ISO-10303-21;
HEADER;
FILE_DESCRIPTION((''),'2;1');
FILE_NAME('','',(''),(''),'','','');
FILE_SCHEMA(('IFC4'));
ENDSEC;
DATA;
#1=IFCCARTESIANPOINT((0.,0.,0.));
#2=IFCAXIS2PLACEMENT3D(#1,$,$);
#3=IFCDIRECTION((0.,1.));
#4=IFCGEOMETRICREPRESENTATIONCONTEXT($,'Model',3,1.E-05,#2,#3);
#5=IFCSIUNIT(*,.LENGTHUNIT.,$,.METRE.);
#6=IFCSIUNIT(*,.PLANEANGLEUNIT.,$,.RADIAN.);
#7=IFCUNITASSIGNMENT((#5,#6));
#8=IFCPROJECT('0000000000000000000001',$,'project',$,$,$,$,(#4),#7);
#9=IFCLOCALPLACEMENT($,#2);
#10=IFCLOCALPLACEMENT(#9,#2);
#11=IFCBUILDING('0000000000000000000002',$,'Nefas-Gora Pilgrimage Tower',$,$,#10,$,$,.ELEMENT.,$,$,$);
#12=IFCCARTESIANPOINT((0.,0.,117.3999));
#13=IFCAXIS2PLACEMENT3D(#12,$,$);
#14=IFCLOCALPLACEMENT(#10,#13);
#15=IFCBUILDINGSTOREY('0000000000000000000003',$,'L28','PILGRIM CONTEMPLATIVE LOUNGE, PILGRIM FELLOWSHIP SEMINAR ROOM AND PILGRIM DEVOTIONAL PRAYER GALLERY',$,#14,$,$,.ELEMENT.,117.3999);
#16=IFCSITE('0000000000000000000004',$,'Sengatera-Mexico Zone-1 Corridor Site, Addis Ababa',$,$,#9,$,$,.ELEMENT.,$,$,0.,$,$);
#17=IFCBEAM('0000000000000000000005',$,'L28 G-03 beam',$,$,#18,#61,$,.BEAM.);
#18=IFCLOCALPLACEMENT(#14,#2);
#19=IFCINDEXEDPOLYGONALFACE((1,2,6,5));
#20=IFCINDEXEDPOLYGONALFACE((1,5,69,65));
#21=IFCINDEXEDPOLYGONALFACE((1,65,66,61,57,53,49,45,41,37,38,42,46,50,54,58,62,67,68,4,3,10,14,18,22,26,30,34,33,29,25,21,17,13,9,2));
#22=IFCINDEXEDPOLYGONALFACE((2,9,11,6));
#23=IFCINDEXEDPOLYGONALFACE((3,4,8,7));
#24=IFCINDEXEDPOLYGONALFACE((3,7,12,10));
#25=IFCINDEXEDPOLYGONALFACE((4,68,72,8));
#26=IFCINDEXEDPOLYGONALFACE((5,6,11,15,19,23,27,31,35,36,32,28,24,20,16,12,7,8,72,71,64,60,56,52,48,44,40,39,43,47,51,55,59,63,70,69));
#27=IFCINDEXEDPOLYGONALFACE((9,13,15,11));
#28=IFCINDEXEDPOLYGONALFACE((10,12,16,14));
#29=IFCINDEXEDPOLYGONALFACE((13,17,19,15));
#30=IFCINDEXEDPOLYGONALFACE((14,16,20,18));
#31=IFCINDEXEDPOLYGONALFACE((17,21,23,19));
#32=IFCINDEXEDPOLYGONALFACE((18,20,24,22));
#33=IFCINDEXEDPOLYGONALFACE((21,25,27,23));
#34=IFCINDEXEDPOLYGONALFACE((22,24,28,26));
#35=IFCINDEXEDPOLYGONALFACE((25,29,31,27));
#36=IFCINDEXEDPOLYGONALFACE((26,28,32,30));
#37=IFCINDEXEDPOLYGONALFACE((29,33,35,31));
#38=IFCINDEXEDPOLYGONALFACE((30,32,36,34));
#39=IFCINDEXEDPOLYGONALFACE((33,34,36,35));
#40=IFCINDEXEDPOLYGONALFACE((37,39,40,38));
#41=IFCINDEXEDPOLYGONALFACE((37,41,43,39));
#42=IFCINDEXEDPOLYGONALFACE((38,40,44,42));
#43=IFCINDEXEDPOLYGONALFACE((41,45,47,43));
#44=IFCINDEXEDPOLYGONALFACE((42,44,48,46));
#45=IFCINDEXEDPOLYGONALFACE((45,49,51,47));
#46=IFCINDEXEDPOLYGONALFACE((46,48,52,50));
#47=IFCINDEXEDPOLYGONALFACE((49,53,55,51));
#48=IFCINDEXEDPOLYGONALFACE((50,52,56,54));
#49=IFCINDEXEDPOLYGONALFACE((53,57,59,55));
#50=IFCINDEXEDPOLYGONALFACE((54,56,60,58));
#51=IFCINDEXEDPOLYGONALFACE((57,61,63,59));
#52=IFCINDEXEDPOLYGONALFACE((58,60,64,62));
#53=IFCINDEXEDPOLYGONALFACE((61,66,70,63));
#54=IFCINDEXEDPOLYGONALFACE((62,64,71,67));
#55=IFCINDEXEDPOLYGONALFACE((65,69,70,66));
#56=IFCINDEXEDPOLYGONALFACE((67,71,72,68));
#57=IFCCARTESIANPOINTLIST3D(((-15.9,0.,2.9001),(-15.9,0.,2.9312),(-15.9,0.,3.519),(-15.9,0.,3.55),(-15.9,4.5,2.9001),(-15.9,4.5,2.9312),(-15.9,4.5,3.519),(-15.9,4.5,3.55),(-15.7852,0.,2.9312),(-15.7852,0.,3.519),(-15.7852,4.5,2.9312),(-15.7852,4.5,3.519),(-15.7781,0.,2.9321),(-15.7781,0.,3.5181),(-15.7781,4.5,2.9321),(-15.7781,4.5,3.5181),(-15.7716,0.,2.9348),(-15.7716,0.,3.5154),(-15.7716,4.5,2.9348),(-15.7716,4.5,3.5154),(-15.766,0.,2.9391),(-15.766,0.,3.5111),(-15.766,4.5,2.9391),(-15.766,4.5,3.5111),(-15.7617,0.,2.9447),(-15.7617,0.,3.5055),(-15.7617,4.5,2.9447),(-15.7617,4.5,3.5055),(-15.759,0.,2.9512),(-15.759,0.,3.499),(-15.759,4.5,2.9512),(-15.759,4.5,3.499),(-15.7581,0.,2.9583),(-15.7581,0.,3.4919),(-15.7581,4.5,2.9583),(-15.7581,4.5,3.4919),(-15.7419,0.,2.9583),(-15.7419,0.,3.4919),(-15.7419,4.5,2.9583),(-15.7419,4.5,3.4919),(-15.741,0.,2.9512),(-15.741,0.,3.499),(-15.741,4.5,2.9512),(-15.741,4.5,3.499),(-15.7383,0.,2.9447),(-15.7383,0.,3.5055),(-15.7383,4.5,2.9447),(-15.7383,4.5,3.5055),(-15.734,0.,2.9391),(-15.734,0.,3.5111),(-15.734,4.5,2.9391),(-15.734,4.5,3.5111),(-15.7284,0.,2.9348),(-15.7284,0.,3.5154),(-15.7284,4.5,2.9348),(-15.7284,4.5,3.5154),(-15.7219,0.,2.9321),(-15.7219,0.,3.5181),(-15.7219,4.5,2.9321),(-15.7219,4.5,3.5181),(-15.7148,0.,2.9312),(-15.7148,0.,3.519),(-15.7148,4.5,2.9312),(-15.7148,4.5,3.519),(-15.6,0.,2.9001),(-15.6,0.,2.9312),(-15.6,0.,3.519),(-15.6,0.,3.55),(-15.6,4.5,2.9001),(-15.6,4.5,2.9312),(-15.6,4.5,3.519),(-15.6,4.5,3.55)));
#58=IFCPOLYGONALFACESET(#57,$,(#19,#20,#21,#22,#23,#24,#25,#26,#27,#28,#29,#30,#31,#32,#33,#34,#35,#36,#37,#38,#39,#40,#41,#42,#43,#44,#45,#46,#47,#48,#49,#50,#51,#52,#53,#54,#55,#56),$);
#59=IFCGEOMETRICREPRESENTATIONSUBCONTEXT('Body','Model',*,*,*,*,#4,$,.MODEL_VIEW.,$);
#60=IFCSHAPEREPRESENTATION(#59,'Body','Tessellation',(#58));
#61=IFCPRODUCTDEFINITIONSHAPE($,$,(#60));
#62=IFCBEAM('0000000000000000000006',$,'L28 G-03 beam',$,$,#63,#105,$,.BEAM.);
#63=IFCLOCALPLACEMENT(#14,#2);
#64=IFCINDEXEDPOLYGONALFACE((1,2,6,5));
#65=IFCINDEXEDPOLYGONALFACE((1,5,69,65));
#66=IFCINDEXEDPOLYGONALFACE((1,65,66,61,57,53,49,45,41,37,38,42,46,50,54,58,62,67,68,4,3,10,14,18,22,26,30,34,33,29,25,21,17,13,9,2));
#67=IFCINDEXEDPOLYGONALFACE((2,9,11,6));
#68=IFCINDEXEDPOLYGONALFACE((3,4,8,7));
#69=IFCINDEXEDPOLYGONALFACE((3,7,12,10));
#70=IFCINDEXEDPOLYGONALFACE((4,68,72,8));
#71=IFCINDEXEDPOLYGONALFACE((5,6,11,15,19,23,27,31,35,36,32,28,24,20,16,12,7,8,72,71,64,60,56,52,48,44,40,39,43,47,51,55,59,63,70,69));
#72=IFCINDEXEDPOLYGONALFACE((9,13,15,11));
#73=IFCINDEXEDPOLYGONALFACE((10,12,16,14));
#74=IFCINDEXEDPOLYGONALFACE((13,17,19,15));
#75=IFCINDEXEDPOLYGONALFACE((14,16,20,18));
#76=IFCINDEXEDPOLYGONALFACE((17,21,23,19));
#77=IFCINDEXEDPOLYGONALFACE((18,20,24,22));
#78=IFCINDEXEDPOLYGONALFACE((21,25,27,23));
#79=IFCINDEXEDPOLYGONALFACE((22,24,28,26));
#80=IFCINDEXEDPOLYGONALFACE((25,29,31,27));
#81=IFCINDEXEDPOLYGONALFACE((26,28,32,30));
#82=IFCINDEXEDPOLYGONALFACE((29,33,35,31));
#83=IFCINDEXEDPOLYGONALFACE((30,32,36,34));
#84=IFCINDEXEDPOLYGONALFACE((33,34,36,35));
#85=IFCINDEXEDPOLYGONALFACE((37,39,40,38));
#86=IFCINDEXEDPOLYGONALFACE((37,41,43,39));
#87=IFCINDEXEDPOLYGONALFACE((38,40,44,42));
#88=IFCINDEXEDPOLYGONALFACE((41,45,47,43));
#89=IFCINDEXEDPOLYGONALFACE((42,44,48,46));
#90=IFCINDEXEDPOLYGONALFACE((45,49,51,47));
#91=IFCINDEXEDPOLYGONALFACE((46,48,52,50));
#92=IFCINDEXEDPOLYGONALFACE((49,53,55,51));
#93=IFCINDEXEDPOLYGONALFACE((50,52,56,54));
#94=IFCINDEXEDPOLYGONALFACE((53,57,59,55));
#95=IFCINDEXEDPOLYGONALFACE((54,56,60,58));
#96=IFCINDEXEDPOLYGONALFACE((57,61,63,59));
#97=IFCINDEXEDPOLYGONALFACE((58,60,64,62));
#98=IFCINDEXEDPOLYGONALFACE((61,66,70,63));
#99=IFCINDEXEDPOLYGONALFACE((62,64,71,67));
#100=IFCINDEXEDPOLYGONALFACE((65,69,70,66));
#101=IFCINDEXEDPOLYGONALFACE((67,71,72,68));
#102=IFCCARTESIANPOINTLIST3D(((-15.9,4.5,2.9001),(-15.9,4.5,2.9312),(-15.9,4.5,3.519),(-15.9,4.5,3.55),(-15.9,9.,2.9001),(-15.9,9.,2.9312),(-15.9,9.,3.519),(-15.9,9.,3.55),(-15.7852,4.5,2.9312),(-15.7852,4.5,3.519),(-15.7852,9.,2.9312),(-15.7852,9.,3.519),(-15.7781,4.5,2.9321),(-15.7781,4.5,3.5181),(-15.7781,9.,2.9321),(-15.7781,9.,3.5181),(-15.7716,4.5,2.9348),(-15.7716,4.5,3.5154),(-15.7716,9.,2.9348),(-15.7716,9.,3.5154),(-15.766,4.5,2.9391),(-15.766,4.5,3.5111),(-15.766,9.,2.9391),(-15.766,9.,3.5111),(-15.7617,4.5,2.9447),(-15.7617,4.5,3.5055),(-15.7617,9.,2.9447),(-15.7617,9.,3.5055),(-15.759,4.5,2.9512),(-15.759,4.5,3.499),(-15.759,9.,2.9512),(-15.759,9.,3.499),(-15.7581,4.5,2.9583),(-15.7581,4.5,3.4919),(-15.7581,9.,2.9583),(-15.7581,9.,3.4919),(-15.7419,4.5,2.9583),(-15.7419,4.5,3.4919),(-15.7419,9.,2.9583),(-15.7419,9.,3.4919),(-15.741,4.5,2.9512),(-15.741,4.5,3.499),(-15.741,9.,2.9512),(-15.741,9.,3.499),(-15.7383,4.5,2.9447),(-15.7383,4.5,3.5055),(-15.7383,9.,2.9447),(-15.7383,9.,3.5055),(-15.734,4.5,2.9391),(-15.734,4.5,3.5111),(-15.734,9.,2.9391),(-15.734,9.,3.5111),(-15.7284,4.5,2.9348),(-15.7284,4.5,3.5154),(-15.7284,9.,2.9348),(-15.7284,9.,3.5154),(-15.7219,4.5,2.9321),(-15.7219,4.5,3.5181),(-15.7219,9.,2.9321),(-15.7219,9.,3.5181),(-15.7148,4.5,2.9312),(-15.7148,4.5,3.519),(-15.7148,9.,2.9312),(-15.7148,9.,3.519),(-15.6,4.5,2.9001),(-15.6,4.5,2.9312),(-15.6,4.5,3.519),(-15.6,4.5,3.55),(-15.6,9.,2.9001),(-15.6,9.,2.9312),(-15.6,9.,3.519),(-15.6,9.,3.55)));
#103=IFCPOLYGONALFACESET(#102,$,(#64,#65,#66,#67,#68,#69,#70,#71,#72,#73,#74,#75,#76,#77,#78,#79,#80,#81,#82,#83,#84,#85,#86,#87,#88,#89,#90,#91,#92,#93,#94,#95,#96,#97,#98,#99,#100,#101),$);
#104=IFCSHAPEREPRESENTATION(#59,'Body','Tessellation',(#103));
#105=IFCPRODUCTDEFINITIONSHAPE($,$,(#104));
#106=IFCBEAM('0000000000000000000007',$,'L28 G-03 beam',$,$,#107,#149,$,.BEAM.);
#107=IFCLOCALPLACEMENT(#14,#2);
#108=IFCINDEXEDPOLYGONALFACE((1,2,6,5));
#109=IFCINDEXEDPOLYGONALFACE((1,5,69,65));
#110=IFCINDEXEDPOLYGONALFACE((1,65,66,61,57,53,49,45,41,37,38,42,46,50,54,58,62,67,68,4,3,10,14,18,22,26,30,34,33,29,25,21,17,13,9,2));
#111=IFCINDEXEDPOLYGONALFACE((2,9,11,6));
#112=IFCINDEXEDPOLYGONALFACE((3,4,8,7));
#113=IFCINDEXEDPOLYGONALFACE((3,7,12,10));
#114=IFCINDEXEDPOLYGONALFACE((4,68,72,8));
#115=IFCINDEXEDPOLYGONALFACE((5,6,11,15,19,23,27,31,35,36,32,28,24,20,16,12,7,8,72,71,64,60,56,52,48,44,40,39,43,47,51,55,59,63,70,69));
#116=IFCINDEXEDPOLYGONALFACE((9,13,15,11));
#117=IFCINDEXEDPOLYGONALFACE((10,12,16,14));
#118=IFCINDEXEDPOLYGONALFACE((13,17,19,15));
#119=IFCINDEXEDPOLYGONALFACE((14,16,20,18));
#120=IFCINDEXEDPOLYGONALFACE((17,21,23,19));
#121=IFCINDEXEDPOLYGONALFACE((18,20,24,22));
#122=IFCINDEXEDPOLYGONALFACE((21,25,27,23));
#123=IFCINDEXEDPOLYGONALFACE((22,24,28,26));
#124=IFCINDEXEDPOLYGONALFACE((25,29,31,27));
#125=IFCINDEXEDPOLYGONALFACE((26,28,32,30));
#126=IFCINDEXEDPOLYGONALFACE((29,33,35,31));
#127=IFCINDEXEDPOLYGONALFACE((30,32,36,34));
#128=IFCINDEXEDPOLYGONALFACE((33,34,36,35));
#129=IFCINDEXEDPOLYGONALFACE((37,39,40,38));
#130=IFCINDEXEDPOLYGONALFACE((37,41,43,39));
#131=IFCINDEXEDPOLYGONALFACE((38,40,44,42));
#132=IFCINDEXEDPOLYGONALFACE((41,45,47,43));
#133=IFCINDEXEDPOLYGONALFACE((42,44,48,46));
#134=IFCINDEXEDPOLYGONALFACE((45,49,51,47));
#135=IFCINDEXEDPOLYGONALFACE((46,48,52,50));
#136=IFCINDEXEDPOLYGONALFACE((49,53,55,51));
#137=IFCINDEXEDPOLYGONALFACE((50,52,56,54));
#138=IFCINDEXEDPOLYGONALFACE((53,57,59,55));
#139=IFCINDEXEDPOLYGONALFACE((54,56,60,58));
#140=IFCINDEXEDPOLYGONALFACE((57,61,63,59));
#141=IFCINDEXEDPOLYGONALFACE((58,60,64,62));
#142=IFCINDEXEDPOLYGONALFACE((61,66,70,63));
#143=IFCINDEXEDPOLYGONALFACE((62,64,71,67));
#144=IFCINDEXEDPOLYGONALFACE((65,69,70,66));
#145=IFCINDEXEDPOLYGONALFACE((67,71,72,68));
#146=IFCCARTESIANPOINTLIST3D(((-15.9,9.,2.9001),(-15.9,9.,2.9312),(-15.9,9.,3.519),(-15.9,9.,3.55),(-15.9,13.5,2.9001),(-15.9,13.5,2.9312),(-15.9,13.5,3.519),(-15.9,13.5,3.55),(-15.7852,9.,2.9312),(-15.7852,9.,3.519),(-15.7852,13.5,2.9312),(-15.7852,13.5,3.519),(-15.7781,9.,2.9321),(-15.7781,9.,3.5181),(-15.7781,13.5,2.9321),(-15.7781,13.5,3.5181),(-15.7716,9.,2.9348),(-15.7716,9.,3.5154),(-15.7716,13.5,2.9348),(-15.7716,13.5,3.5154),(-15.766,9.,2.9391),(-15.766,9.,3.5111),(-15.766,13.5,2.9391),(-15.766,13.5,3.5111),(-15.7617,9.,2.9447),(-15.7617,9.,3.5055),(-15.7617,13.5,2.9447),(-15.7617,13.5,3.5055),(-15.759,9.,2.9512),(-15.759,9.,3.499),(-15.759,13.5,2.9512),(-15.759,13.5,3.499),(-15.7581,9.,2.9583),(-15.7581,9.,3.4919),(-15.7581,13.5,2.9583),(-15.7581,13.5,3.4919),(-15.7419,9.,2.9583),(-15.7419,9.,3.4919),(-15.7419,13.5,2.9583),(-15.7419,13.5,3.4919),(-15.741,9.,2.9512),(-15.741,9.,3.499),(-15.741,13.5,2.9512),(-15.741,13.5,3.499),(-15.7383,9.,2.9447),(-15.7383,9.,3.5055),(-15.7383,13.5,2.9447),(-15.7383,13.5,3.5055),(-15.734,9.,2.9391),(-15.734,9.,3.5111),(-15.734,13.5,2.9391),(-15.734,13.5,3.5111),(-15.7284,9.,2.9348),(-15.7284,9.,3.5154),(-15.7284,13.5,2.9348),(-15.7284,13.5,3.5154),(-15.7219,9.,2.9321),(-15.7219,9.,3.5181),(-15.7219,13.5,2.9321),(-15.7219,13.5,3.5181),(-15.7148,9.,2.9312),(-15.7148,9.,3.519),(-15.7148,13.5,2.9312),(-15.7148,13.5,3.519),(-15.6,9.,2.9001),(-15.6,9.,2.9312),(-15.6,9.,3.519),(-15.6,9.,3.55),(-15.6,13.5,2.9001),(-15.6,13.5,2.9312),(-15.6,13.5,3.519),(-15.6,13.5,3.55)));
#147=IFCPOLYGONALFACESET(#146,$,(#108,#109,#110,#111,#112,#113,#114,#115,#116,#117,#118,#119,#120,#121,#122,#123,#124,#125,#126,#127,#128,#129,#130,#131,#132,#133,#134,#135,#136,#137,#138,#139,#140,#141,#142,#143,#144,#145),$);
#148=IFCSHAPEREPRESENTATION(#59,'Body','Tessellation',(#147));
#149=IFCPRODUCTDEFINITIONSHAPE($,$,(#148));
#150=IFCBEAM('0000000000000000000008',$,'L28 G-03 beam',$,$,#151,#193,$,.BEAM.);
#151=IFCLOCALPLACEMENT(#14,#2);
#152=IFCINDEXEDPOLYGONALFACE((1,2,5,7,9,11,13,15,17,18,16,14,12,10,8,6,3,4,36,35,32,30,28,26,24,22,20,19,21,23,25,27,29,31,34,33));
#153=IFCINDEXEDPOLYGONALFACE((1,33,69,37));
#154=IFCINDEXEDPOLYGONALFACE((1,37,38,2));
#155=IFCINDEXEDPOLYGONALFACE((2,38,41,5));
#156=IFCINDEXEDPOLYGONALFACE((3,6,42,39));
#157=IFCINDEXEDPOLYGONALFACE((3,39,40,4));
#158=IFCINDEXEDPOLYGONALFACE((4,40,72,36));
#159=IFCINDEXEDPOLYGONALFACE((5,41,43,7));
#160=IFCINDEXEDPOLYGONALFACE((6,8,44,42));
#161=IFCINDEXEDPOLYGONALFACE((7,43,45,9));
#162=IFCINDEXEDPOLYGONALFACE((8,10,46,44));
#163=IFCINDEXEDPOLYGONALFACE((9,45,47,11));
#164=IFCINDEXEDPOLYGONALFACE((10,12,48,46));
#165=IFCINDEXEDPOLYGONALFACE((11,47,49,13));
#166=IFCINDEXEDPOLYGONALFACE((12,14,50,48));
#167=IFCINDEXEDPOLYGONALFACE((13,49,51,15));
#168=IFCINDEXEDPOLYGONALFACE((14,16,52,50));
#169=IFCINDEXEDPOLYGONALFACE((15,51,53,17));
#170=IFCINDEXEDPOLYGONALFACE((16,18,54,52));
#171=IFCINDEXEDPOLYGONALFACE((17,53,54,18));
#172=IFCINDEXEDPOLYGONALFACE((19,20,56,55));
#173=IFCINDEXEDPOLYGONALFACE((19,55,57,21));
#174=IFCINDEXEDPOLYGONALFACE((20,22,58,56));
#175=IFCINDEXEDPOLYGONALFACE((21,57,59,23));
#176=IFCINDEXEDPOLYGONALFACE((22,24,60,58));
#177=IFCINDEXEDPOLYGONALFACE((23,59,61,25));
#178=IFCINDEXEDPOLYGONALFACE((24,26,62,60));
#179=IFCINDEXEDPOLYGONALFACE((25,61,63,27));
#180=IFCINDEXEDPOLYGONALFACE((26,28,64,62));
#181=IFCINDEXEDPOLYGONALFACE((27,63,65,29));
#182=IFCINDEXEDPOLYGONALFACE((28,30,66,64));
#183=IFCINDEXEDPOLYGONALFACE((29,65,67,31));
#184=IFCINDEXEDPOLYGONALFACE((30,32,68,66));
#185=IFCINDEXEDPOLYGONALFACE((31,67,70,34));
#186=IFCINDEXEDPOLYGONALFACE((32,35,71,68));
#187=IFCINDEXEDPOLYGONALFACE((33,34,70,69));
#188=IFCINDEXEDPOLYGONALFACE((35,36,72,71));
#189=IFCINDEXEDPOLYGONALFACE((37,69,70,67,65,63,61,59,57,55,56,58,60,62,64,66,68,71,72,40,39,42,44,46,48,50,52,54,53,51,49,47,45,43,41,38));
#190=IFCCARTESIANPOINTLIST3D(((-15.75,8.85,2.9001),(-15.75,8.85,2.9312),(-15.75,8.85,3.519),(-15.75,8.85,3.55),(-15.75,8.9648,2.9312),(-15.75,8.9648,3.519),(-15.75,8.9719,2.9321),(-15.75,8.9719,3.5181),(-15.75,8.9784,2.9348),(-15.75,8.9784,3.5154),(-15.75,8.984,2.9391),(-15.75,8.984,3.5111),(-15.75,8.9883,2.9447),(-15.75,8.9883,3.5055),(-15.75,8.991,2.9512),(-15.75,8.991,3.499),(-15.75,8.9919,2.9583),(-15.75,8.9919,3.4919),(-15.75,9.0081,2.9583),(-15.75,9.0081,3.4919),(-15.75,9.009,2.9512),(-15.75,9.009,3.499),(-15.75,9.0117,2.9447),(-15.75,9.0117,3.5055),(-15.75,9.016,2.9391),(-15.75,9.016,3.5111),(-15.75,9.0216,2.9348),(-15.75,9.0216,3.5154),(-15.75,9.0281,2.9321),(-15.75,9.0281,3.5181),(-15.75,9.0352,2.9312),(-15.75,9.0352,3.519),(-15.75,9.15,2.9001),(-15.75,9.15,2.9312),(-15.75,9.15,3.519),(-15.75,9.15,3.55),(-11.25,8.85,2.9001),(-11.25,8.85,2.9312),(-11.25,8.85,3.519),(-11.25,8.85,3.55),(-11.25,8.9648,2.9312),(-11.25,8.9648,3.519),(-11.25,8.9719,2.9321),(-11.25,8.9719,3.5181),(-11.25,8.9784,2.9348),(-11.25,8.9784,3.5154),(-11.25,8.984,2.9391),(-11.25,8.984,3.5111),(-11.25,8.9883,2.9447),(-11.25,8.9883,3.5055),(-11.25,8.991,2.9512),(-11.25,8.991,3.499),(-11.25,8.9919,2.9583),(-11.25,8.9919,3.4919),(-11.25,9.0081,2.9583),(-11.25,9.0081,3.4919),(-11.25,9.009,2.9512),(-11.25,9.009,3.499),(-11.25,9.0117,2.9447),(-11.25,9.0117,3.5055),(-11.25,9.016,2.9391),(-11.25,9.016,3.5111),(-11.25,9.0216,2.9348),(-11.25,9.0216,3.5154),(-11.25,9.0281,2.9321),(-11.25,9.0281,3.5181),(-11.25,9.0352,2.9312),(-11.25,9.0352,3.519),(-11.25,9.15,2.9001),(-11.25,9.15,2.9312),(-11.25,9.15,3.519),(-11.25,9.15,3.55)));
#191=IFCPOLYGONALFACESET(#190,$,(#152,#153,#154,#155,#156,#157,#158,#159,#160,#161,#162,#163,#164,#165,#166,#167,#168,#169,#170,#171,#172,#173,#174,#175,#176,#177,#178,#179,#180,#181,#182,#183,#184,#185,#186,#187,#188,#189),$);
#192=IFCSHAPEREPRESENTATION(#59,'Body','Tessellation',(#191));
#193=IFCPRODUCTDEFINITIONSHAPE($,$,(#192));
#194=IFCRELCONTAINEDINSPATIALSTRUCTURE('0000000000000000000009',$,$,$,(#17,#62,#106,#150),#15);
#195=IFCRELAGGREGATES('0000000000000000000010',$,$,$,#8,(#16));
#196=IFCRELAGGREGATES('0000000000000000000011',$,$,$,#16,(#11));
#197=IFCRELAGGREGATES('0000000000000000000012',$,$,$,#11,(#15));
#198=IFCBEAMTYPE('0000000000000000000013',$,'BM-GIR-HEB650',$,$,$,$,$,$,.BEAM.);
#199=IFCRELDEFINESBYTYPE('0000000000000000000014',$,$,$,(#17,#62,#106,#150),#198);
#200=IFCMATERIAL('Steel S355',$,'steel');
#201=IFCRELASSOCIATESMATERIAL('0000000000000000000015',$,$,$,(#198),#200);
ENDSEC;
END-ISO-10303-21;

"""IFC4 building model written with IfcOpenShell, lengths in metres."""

from ifc_helpers import new_model, si_unit, direction, frame, origin, origin_2d, place, context, subcontext, project, spatial, i_section, extrude, source, transform, mapped, material, material_profile, profile_set, type_object, element, save


model = new_model("IFC4")

# Units and contexts
model_context = context("Model", 3, precision=1e-05, world=origin(), true_north=direction((0.0, 1.0)))
body_context = subcontext(model_context, "Body", "Model", "MODEL_VIEW")
ifc_project = project(units=[si_unit("LENGTHUNIT", "METRE"), si_unit("PLANEANGLEUNIT", "RADIAN")], contexts=[model_context])

# Site, building, storey
site_placement = place(None, origin())
site = spatial("IfcSite", under=ifc_project, at=site_placement, Name="Sengatera-Mexico Zone-1 Corridor Site, Addis Ababa", CompositionType="ELEMENT", RefElevation=0.0)
building_placement = place(site_placement, origin())
building = spatial("IfcBuilding", under=site, at=building_placement, Name="Nefas-Gora Pilgrimage Tower", CompositionType="ELEMENT")
storey_placement = place(building_placement, frame((0.0, 0.0, 117.3999)))
storey = spatial("IfcBuildingStorey", under=building, at=storey_placement, Name="L28", Description="PILGRIM CONTEMPLATIVE LOUNGE, PILGRIM FELLOWSHIP SEMINAR ROOM AND PILGRIM DEVOTIONAL PRAYER GALLERY", CompositionType="ELEMENT", Elevation=117.3999)

# Beams
ifc_material_1 = material(Name="Steel S355", Category="steel")
ifc_material_profile_1 = material_profile(ifc_material_1, i_section(OverallWidth=0.3, OverallDepth=0.6499, WebThickness=0.0161, FlangeThickness=0.031, FilletRadius=0.0271, at=origin_2d()), Name="HEB 650")
ifc_profile_set_1 = profile_set([ifc_material_profile_1], Name="Steel S355")
beam_type_1 = type_object("IfcBeamType", Name="BM-GIR-HEB650", PredefinedType="BEAM", material=ifc_profile_set_1)
shared_shape_1 = source(origin(), body_context, "Body", "SweptSolid", [
    extrude(i_section(OverallWidth=0.3, OverallDepth=0.6499, WebThickness=0.0161, FlangeThickness=0.031, FilletRadius=0.0271, at=origin_2d()), origin(), (0.0, 0.0, 1.0), 4.5),
])
for number, where, z_axis, x_axis, name in (
    (1, (-15.75, 0.0, 3.2251), (0.0, 1.0, 0.0), (-1.0, 0.0, 0.0), "L28 G-03 beam"),
    (2, (-15.75, 4.5, 3.2251), (0.0, 1.0, 0.0), (-1.0, 0.0, 0.0), "L28 G-03 beam"),
    (3, (-15.75, 9.0, 3.2251), (0.0, 1.0, 0.0), (-1.0, 0.0, 0.0), "L28 G-03 beam"),
    (4, (-15.75, 9.0, 3.2251), (1.0, 0.0, 0.0), (0.0, 1.0, 0.0), "L28 G-03 beam"),
):
    element("IfcBeam", number, at=place(storey_placement, frame(where, z_axis=z_axis, x_axis=x_axis)), inside=storey, type_object=beam_type_1, Name=name, PredefinedType="BEAM", context=body_context, shape_type="MappedRepresentation", body=[
        mapped(shared_shape_1, transform((0.0, 0.0, 0.0), x_axis=(1.0, 0.0, 0.0), y_axis=(0.0, 1.0, 0.0), z_axis=(0.0, 0.0, 1.0), scale=1.0)),
    ])

save(model, "model.ifc")
